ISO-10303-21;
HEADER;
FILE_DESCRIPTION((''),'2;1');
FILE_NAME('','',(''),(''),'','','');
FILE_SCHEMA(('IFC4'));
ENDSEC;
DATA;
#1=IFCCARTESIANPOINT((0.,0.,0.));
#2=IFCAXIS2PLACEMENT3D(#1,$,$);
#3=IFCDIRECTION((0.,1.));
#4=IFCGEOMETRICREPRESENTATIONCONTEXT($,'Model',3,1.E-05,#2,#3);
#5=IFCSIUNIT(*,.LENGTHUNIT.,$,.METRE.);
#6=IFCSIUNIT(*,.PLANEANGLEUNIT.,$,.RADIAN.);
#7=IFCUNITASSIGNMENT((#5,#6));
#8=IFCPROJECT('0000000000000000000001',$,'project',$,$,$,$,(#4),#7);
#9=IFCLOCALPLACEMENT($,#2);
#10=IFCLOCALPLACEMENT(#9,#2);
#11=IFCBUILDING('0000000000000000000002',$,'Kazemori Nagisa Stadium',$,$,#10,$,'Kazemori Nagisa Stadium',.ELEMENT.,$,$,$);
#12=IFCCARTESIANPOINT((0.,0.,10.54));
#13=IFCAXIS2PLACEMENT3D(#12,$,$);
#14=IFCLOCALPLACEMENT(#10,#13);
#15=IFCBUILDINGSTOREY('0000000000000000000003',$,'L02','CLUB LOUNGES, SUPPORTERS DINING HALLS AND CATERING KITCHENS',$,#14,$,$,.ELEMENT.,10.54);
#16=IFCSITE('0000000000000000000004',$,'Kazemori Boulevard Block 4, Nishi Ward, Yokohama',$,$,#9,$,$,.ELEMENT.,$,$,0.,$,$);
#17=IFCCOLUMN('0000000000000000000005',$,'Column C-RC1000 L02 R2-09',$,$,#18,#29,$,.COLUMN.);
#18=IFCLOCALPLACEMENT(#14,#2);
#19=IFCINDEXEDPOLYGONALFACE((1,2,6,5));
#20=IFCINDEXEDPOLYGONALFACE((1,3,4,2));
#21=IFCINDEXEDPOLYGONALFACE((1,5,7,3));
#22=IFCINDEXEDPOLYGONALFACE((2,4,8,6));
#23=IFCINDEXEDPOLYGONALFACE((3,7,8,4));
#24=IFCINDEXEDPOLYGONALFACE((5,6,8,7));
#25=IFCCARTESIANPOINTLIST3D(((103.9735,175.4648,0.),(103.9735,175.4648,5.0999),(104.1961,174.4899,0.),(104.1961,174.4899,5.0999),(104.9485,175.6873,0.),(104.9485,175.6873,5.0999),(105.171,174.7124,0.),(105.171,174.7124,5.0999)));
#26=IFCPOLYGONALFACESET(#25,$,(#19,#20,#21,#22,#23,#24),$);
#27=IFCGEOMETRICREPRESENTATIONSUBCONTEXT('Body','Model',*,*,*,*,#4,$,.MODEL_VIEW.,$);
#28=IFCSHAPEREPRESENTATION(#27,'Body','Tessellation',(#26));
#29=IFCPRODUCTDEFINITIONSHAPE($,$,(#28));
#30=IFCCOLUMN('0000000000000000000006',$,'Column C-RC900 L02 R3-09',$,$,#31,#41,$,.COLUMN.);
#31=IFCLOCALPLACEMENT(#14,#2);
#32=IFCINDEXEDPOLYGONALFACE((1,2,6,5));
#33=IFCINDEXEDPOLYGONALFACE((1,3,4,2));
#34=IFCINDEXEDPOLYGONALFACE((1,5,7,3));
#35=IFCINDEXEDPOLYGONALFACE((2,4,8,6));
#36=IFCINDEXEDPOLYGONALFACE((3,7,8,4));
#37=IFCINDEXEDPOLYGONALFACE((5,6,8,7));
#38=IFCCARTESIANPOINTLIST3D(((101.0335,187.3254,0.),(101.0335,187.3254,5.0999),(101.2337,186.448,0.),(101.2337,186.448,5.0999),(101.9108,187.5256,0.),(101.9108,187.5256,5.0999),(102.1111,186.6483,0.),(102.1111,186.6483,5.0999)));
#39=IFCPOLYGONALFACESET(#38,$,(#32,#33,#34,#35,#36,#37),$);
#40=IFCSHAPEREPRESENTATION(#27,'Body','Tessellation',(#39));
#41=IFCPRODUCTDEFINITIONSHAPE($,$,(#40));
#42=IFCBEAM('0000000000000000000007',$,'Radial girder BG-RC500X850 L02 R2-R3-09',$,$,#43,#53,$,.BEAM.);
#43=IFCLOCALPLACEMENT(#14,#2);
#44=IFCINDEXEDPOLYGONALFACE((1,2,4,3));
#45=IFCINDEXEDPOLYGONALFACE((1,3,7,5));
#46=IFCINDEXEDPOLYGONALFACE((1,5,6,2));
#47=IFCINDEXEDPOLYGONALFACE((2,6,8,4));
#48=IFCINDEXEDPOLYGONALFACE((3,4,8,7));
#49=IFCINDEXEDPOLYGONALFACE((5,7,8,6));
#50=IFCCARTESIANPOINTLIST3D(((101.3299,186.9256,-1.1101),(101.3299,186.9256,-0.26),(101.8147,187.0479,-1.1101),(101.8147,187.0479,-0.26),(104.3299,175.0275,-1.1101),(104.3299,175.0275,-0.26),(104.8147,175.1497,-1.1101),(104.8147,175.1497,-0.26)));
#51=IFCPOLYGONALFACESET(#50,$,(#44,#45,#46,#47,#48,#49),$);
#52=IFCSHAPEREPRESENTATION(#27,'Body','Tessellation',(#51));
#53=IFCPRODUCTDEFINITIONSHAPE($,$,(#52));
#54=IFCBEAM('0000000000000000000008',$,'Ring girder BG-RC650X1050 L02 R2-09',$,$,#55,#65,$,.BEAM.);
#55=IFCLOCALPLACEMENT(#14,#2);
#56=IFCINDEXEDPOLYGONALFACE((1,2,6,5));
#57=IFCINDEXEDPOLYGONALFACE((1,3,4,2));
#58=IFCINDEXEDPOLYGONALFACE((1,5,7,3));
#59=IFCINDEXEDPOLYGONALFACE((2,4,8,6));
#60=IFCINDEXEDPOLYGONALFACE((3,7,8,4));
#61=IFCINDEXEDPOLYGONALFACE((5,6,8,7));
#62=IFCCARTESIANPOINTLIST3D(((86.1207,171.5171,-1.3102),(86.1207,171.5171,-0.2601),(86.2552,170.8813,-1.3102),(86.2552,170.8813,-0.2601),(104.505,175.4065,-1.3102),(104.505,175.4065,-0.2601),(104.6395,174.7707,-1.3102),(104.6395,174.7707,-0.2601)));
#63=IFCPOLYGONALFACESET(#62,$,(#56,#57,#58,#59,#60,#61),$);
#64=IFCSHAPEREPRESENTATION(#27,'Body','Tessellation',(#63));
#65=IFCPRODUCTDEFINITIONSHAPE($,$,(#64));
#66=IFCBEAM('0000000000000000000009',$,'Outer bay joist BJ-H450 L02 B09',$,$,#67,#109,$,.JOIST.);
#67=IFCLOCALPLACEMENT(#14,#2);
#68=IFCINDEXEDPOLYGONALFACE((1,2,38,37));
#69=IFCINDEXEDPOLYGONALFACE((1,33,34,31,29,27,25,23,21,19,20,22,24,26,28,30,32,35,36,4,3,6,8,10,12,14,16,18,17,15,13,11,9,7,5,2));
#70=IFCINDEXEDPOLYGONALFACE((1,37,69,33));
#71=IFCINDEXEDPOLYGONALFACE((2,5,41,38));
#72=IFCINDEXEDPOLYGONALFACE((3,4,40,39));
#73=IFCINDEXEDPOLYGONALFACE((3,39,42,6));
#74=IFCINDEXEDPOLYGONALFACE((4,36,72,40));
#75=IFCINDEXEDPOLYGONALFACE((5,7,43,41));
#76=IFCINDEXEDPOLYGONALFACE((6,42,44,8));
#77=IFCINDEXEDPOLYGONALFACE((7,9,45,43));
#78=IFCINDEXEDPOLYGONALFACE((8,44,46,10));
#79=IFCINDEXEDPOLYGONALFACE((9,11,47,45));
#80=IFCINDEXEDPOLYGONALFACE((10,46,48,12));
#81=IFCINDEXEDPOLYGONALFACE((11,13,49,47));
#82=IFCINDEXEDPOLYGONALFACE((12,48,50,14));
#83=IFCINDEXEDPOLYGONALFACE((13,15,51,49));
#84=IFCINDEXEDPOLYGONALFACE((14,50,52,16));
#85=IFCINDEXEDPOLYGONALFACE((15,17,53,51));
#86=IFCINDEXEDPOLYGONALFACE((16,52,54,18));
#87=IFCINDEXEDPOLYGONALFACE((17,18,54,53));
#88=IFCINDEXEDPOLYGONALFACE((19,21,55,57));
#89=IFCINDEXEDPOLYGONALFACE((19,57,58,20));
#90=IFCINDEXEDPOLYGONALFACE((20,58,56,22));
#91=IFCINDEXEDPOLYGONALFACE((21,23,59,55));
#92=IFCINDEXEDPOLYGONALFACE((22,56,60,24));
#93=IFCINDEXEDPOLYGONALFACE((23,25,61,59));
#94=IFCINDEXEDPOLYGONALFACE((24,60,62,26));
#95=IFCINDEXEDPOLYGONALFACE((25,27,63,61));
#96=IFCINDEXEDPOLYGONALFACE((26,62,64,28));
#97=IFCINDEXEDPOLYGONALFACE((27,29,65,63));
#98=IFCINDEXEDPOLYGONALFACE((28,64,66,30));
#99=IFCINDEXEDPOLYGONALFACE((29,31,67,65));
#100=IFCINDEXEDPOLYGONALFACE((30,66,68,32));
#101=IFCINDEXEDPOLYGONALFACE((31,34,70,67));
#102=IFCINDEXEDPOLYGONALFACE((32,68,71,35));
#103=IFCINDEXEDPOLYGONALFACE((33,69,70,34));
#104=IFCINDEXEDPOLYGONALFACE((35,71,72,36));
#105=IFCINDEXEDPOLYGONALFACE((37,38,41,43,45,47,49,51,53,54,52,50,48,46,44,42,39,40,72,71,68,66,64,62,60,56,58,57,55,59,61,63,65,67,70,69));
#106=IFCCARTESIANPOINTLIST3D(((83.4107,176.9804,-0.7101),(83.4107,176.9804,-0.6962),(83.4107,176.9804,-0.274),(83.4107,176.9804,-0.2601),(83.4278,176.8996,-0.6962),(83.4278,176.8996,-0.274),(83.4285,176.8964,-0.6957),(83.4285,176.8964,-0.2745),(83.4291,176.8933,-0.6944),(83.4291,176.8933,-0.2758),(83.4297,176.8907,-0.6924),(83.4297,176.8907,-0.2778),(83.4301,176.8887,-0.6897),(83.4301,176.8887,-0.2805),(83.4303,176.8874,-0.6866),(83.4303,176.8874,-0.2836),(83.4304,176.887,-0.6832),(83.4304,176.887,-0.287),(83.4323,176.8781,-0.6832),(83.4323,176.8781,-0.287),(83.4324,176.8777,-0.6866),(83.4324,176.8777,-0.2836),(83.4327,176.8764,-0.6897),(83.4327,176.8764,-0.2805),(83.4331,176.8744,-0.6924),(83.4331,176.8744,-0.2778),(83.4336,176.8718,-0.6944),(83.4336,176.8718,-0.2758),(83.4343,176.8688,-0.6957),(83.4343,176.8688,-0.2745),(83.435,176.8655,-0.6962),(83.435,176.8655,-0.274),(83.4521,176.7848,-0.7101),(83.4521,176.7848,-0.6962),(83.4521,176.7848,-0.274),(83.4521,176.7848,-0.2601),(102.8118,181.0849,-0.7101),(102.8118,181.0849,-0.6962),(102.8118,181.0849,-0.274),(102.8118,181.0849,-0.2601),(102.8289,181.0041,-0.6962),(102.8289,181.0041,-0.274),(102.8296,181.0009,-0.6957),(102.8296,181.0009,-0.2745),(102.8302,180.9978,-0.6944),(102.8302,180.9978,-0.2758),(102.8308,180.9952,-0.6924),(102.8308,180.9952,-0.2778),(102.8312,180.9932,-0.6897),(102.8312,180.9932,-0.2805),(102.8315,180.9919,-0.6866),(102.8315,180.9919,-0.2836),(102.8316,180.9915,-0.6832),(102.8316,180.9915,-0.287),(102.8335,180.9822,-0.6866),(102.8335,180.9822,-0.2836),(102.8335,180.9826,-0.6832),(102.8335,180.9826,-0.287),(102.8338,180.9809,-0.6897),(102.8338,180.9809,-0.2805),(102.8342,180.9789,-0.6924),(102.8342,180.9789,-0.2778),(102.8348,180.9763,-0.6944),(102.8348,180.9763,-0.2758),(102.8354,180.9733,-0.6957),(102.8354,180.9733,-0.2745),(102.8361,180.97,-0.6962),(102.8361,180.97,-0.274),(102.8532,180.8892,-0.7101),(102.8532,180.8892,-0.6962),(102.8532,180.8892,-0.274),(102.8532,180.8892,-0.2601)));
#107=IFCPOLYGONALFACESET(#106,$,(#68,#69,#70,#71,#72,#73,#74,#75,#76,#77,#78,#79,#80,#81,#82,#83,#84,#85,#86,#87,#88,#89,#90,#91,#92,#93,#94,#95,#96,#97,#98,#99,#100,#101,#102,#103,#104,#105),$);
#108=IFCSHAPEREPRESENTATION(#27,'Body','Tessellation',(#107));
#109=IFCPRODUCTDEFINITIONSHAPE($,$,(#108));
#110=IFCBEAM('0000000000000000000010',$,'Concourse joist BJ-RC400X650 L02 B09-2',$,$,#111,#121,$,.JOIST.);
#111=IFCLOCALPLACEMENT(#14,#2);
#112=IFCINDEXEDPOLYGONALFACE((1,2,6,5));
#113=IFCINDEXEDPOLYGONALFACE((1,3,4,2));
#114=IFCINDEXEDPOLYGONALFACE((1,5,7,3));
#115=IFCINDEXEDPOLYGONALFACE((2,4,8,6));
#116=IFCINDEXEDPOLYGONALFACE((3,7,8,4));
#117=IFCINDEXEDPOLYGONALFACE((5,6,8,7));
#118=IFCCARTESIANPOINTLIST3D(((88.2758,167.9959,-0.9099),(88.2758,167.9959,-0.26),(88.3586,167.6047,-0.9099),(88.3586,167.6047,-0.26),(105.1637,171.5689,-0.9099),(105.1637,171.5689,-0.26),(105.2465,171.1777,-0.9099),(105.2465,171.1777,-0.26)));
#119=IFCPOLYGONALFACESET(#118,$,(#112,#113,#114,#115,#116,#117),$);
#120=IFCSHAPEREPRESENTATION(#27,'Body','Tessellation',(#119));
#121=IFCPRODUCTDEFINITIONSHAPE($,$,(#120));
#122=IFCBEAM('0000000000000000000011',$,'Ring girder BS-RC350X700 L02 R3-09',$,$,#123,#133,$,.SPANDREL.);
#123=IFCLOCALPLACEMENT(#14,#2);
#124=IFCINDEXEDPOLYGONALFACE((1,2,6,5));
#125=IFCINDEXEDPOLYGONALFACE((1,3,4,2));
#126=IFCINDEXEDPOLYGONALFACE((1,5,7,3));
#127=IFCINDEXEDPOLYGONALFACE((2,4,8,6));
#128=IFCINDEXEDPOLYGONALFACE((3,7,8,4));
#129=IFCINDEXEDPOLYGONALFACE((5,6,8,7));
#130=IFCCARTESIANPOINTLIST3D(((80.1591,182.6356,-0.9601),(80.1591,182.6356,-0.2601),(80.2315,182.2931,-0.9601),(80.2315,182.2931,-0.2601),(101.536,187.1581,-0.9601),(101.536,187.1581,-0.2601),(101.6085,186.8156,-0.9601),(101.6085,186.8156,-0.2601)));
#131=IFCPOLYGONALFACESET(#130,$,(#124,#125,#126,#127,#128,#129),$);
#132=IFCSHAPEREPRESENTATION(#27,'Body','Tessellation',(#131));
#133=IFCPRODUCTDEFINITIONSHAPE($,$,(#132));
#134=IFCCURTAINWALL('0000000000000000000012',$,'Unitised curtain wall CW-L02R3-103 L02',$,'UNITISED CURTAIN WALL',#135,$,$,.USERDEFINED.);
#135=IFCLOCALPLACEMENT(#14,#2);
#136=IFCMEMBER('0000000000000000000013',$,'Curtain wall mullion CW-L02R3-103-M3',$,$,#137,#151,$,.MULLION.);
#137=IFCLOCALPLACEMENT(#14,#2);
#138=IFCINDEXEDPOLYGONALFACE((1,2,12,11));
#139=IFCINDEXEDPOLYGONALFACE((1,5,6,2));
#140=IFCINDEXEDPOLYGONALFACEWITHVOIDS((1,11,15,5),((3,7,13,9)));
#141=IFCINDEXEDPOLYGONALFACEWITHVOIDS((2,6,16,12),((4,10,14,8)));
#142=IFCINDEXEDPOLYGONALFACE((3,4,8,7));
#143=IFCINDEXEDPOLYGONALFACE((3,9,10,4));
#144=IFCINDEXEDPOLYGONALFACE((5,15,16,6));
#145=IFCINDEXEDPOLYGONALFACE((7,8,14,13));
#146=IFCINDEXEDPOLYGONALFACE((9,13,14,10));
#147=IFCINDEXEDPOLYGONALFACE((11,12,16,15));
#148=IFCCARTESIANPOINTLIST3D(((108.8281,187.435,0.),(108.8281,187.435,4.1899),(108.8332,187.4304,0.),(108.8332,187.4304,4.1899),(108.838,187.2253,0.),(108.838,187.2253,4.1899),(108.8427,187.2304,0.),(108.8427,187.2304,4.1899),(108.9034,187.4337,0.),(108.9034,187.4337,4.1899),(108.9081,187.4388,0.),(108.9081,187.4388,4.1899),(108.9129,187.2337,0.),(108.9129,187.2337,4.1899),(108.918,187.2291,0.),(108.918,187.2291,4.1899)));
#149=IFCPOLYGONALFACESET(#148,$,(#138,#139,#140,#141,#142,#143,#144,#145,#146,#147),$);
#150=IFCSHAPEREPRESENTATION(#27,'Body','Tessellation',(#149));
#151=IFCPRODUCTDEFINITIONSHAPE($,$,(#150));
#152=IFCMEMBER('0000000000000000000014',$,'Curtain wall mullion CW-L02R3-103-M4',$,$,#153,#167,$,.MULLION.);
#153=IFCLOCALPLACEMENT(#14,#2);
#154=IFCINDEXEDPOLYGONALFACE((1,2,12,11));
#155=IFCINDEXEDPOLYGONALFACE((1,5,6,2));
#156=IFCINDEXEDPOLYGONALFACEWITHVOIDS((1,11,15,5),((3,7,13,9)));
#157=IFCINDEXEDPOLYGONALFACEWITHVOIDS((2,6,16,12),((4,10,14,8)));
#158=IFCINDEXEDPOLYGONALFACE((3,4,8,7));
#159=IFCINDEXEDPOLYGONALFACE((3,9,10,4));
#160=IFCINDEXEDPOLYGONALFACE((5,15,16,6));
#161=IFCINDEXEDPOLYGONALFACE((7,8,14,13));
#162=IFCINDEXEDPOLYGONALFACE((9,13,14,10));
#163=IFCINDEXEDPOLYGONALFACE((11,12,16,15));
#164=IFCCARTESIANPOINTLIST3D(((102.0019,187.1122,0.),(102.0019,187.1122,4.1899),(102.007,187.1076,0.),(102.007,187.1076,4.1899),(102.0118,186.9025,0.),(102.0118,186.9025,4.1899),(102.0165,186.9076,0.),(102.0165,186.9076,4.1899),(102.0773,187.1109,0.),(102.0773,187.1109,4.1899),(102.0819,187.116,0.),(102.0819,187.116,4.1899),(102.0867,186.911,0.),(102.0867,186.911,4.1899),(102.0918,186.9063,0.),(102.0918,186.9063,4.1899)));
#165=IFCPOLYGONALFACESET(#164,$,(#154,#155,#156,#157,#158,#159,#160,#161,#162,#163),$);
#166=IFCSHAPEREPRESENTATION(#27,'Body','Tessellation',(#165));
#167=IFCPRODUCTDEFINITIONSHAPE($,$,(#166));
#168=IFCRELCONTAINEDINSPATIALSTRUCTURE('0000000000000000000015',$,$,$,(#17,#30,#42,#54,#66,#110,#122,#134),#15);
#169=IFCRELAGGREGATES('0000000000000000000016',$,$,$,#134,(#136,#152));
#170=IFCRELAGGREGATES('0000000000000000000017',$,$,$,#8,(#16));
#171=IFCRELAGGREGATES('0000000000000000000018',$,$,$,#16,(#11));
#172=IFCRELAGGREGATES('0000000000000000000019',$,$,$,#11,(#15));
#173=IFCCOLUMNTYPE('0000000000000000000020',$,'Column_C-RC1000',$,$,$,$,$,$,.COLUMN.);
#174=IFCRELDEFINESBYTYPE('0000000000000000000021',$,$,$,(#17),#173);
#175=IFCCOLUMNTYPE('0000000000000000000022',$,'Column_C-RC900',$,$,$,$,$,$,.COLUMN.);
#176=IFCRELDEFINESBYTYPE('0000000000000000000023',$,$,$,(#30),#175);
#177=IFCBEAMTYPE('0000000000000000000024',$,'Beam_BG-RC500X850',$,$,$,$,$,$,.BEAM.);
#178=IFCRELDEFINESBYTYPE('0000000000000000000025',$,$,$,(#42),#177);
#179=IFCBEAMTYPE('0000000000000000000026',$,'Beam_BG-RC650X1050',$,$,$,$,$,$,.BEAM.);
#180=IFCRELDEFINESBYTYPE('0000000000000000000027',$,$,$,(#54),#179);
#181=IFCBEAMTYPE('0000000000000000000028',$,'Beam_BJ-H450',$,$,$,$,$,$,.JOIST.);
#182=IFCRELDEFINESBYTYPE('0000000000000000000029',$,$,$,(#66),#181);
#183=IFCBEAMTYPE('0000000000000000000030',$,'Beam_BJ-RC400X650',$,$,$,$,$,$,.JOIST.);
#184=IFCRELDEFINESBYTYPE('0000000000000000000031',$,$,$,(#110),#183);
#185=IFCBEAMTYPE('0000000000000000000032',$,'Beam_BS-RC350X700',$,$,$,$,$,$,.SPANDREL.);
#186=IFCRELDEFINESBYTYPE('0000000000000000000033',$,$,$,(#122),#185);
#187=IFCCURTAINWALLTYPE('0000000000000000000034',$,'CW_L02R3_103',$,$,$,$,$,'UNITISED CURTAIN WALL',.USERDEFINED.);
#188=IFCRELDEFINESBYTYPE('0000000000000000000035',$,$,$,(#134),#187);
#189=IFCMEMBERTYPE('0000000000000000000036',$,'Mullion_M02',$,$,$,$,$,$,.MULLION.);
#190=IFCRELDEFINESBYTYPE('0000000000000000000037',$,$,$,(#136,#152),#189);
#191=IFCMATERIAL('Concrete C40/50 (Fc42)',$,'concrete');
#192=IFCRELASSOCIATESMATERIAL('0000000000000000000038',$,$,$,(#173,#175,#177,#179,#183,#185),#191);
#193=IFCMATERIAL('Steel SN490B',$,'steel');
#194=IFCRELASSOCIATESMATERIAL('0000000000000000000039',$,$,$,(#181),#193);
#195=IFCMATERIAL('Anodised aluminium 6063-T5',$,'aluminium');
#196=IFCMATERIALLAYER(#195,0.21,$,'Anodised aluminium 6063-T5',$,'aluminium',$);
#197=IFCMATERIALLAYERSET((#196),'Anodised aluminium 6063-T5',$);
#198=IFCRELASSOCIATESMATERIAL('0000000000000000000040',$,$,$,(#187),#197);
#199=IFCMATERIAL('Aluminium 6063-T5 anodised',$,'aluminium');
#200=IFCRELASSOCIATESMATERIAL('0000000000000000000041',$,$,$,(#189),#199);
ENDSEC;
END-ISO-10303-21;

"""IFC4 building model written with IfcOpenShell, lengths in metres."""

from ifc_helpers import new_model, si_unit, direction, frame, origin, origin_2d, place, context, subcontext, project, spatial, rectangle, hollow_rectangle, i_section, extrude, material, layer, layer_set, material_profile, profile_set, type_object, element, aggregate, save


model = new_model("IFC4")

# Units and contexts
model_context = context("Model", 3, precision=1e-05, world=origin(), true_north=direction((0.0, 1.0)))
body_context = subcontext(model_context, "Body", "Model", "MODEL_VIEW")
ifc_project = project(units=[si_unit("LENGTHUNIT", "METRE"), si_unit("PLANEANGLEUNIT", "RADIAN")], contexts=[model_context])

# Site, building, storey
site_placement = place(None, origin())
site = spatial("IfcSite", under=ifc_project, at=site_placement, Name="Kazemori Boulevard Block 4, Nishi Ward, Yokohama", CompositionType="ELEMENT", RefElevation=0.0)
building_placement = place(site_placement, origin())
building = spatial("IfcBuilding", under=site, at=building_placement, Name="Kazemori Nagisa Stadium", LongName="Kazemori Nagisa Stadium", CompositionType="ELEMENT")
storey_placement = place(building_placement, frame((0.0, 0.0, 10.54)))
storey = spatial("IfcBuildingStorey", under=building, at=storey_placement, Name="L02", Description="CLUB LOUNGES, SUPPORTERS DINING HALLS AND CATERING KITCHENS", CompositionType="ELEMENT", Elevation=10.54)

# Columns
ifc_material_1 = material(Name="Concrete C40/50 (Fc42)", Category="concrete")
ifc_material_profile_1 = material_profile(ifc_material_1, rectangle(XDim=1.0, YDim=1.0, at=origin_2d()), Name="RC-COL-1000x1000")
ifc_profile_set_1 = profile_set([ifc_material_profile_1], Name="Concrete C40/50 (Fc42)")
column_type_1 = type_object("IfcColumnType", Name="Column_C-RC1000", PredefinedType="COLUMN", material=ifc_profile_set_1)
column_1_placement = place(storey_placement, frame((104.5723, 175.0886, 0.0), z_axis=(0.0, 0.0, 1.0), x_axis=(-0.222521, 0.974928, 0.0)))
element("IfcColumn", 1, at=column_1_placement, inside=storey, type_object=column_type_1, Name="Column C-RC1000 L02 R2-09", PredefinedType="COLUMN", context=body_context, shape_type="SweptSolid", body=[
    extrude(rectangle(XDim=1.0, YDim=1.0, at=origin_2d()), origin(), (0.0, 0.0, 1.0), 5.0999),
])
ifc_material_profile_2 = material_profile(ifc_material_1, rectangle(XDim=0.8999, YDim=0.8999, at=origin_2d()), Name="RC-COL-900x900")
ifc_profile_set_2 = profile_set([ifc_material_profile_2], Name="Concrete C40/50 (Fc42)")
column_type_2 = type_object("IfcColumnType", Name="Column_C-RC900", PredefinedType="COLUMN", material=ifc_profile_set_2)
column_2_placement = place(storey_placement, frame((101.5723, 186.9868, 0.0), z_axis=(0.0, 0.0, 1.0), x_axis=(-0.222521, 0.974928, 0.0)))
element("IfcColumn", 2, at=column_2_placement, inside=storey, type_object=column_type_2, Name="Column C-RC900 L02 R3-09", PredefinedType="COLUMN", context=body_context, shape_type="SweptSolid", body=[
    extrude(rectangle(XDim=0.8999, YDim=0.8999, at=origin_2d()), origin(), (0.0, 0.0, 1.0), 5.0999),
])

# Beams
ifc_material_profile_3 = material_profile(ifc_material_1, rectangle(XDim=0.5, YDim=0.8501, at=origin_2d()), Name="RC-BM-500x850")
ifc_profile_set_3 = profile_set([ifc_material_profile_3], Name="Concrete C40/50 (Fc42)")
beam_type_1 = type_object("IfcBeamType", Name="Beam_BG-RC500X850", PredefinedType="BEAM", material=ifc_profile_set_3)
beam_1_placement = place(storey_placement, frame((104.5723, 175.0886, -0.6851), z_axis=(-0.244487, 0.969652, 0.0), x_axis=(-0.969652, -0.244487, 0.0)))
element("IfcBeam", 3, at=beam_1_placement, inside=storey, type_object=beam_type_1, Name="Radial girder BG-RC500X850 L02 R2-R3-09", PredefinedType="BEAM", context=body_context, shape_type="SweptSolid", body=[
    extrude(rectangle(XDim=0.5, YDim=0.8501, at=origin_2d()), origin(), (0.0, 0.0, 1.0), 12.2705),
])
ifc_material_profile_4 = material_profile(ifc_material_1, rectangle(XDim=0.6499, YDim=1.05, at=origin_2d()), Name="RC-BM-650x1050")
ifc_profile_set_4 = profile_set([ifc_material_profile_4], Name="Concrete C40/50 (Fc42)")
beam_type_2 = type_object("IfcBeamType", Name="Beam_BG-RC650X1050", PredefinedType="BEAM", material=ifc_profile_set_4)
beam_2_placement = place(storey_placement, frame((104.5723, 175.0886, -0.7852), z_axis=(-0.978345, -0.20698, 0.0), x_axis=(0.20698, -0.978345, 0.0)))
element("IfcBeam", 4, at=beam_2_placement, inside=storey, type_object=beam_type_2, Name="Ring girder BG-RC650X1050 L02 R2-09", PredefinedType="BEAM", context=body_context, shape_type="SweptSolid", body=[
    extrude(rectangle(XDim=0.6499, YDim=1.05, at=origin_2d()), origin(), (0.0, 0.0, 1.0), 18.7913),
])
ifc_material_2 = material(Name="Steel SN490B", Category="steel")
ifc_material_profile_5 = material_profile(ifc_material_2, i_section(OverallWidth=0.2, OverallDepth=0.45, WebThickness=0.009, FlangeThickness=0.0139, FilletRadius=0.0129, at=origin_2d()), Name="H-450x200x9x14")
ifc_profile_set_5 = profile_set([ifc_material_profile_5], Name="Steel SN490B")
beam_type_3 = type_object("IfcBeamType", Name="Beam_BJ-H450", PredefinedType="JOIST", material=ifc_profile_set_5)
beam_3_placement = place(storey_placement, frame((102.8325, 180.9871, -0.4851), z_axis=(-0.978346, -0.206978, 0.0), x_axis=(0.206978, -0.978346, 0.0)))
element("IfcBeam", 5, at=beam_3_placement, inside=storey, type_object=beam_type_3, Name="Outer bay joist BJ-H450 L02 B09", PredefinedType="JOIST", context=body_context, shape_type="SweptSolid", body=[
    extrude(i_section(OverallWidth=0.2, OverallDepth=0.45, WebThickness=0.009, FlangeThickness=0.0139, FilletRadius=0.0129, at=origin_2d()), origin(), (0.0, 0.0, 1.0), 19.8306),
])
ifc_material_profile_6 = material_profile(ifc_material_1, rectangle(XDim=0.3999, YDim=0.6499, at=origin_2d()), Name="RC-BM-400x650")
ifc_profile_set_6 = profile_set([ifc_material_profile_6], Name="Concrete C40/50 (Fc42)")
beam_type_4 = type_object("IfcBeamType", Name="Beam_BJ-RC400X650", PredefinedType="JOIST", material=ifc_profile_set_6)
beam_4_placement = place(storey_placement, frame((105.2051, 171.3733, -0.585), z_axis=(-0.978343, -0.206989, 0.0), x_axis=(0.206989, -0.978343, 0.0)))
element("IfcBeam", 6, at=beam_4_placement, inside=storey, type_object=beam_type_4, Name="Concourse joist BJ-RC400X650 L02 B09-2", PredefinedType="JOIST", context=body_context, shape_type="SweptSolid", body=[
    extrude(rectangle(XDim=0.3999, YDim=0.6499, at=origin_2d()), origin(), (0.0, 0.0, 1.0), 17.2617),
])
ifc_material_profile_7 = material_profile(ifc_material_1, rectangle(XDim=0.3501, YDim=0.7, at=origin_2d()), Name="RC-SP-350x700")
ifc_profile_set_7 = profile_set([ifc_material_profile_7], Name="Concrete C40/50 (Fc42)")
beam_type_5 = type_object("IfcBeamType", Name="Beam_BS-RC350X700", PredefinedType="SPANDREL", material=ifc_profile_set_7)
beam_5_placement = place(storey_placement, frame((101.5723, 186.9868, -0.6101), z_axis=(-0.978346, -0.206977, 0.0), x_axis=(0.206977, -0.978346, 0.0)))
element("IfcBeam", 7, at=beam_5_placement, inside=storey, type_object=beam_type_5, Name="Ring girder BS-RC350X700 L02 R3-09", PredefinedType="SPANDREL", context=body_context, shape_type="SweptSolid", body=[
    extrude(rectangle(XDim=0.3501, YDim=0.7, at=origin_2d()), origin(), (0.0, 0.0, 1.0), 21.8501),
])

# Curtain wall, members
ifc_material_3 = material(Name="Anodised aluminium 6063-T5", Category="aluminium")
ifc_layer_1 = layer(ifc_material_3, 0.21, Name="Anodised aluminium 6063-T5", Category="aluminium")
ifc_layer_set_1 = layer_set([ifc_layer_1], Name="Anodised aluminium 6063-T5")
curtain_wall_type_1 = type_object("IfcCurtainWallType", Name="CW_L02R3_103", ElementType="UNITISED CURTAIN WALL", PredefinedType="USERDEFINED", material=ifc_layer_set_1)
curtain_wall_1_placement = place(storey_placement, origin())
curtain_wall_1 = element("IfcCurtainWall", 8, at=curtain_wall_1_placement, inside=storey, type_object=curtain_wall_type_1, Name="Unitised curtain wall CW-L02R3-103 L02", ObjectType="UNITISED CURTAIN WALL", PredefinedType="USERDEFINED")
ifc_material_4 = material(Name="Aluminium 6063-T5 anodised", Category="aluminium")
ifc_material_profile_8 = material_profile(ifc_material_4, hollow_rectangle(XDim=0.0801, YDim=0.21, WallThickness=0.0049, at=origin_2d()), Name="ALU-MULL-80x210x5")
ifc_profile_set_8 = profile_set([ifc_material_profile_8], Name="Aluminium 6063-T5 anodised")
member_type_1 = type_object("IfcMemberType", Name="Mullion_M02", PredefinedType="MULLION", material=ifc_profile_set_8)
member_1_placement = place(storey_placement, frame((108.873, 187.332, 0.0), z_axis=(0.0, 0.0, 1.0), x_axis=(-0.998884, -0.04723, 0.0)))
member_1 = element("IfcMember", 9, at=member_1_placement, type_object=member_type_1, Name="Curtain wall mullion CW-L02R3-103-M3", PredefinedType="MULLION", context=body_context, shape_type="SweptSolid", body=[
    extrude(hollow_rectangle(XDim=0.0801, YDim=0.21, WallThickness=0.0049, at=origin_2d()), origin(), (0.0, 0.0, 1.0), 4.1899),
])
member_2_placement = place(storey_placement, frame((102.0469, 187.0093, 0.0), z_axis=(0.0, 0.0, 1.0), x_axis=(-0.998884, -0.04723, 0.0)))
member_2 = element("IfcMember", 10, at=member_2_placement, type_object=member_type_1, Name="Curtain wall mullion CW-L02R3-103-M4", PredefinedType="MULLION", context=body_context, shape_type="SweptSolid", body=[
    extrude(hollow_rectangle(XDim=0.0801, YDim=0.21, WallThickness=0.0049, at=origin_2d()), origin(), (0.0, 0.0, 1.0), 4.1899),
])

aggregate(curtain_wall_1, [member_1, member_2])

save(model, "model.ifc")
